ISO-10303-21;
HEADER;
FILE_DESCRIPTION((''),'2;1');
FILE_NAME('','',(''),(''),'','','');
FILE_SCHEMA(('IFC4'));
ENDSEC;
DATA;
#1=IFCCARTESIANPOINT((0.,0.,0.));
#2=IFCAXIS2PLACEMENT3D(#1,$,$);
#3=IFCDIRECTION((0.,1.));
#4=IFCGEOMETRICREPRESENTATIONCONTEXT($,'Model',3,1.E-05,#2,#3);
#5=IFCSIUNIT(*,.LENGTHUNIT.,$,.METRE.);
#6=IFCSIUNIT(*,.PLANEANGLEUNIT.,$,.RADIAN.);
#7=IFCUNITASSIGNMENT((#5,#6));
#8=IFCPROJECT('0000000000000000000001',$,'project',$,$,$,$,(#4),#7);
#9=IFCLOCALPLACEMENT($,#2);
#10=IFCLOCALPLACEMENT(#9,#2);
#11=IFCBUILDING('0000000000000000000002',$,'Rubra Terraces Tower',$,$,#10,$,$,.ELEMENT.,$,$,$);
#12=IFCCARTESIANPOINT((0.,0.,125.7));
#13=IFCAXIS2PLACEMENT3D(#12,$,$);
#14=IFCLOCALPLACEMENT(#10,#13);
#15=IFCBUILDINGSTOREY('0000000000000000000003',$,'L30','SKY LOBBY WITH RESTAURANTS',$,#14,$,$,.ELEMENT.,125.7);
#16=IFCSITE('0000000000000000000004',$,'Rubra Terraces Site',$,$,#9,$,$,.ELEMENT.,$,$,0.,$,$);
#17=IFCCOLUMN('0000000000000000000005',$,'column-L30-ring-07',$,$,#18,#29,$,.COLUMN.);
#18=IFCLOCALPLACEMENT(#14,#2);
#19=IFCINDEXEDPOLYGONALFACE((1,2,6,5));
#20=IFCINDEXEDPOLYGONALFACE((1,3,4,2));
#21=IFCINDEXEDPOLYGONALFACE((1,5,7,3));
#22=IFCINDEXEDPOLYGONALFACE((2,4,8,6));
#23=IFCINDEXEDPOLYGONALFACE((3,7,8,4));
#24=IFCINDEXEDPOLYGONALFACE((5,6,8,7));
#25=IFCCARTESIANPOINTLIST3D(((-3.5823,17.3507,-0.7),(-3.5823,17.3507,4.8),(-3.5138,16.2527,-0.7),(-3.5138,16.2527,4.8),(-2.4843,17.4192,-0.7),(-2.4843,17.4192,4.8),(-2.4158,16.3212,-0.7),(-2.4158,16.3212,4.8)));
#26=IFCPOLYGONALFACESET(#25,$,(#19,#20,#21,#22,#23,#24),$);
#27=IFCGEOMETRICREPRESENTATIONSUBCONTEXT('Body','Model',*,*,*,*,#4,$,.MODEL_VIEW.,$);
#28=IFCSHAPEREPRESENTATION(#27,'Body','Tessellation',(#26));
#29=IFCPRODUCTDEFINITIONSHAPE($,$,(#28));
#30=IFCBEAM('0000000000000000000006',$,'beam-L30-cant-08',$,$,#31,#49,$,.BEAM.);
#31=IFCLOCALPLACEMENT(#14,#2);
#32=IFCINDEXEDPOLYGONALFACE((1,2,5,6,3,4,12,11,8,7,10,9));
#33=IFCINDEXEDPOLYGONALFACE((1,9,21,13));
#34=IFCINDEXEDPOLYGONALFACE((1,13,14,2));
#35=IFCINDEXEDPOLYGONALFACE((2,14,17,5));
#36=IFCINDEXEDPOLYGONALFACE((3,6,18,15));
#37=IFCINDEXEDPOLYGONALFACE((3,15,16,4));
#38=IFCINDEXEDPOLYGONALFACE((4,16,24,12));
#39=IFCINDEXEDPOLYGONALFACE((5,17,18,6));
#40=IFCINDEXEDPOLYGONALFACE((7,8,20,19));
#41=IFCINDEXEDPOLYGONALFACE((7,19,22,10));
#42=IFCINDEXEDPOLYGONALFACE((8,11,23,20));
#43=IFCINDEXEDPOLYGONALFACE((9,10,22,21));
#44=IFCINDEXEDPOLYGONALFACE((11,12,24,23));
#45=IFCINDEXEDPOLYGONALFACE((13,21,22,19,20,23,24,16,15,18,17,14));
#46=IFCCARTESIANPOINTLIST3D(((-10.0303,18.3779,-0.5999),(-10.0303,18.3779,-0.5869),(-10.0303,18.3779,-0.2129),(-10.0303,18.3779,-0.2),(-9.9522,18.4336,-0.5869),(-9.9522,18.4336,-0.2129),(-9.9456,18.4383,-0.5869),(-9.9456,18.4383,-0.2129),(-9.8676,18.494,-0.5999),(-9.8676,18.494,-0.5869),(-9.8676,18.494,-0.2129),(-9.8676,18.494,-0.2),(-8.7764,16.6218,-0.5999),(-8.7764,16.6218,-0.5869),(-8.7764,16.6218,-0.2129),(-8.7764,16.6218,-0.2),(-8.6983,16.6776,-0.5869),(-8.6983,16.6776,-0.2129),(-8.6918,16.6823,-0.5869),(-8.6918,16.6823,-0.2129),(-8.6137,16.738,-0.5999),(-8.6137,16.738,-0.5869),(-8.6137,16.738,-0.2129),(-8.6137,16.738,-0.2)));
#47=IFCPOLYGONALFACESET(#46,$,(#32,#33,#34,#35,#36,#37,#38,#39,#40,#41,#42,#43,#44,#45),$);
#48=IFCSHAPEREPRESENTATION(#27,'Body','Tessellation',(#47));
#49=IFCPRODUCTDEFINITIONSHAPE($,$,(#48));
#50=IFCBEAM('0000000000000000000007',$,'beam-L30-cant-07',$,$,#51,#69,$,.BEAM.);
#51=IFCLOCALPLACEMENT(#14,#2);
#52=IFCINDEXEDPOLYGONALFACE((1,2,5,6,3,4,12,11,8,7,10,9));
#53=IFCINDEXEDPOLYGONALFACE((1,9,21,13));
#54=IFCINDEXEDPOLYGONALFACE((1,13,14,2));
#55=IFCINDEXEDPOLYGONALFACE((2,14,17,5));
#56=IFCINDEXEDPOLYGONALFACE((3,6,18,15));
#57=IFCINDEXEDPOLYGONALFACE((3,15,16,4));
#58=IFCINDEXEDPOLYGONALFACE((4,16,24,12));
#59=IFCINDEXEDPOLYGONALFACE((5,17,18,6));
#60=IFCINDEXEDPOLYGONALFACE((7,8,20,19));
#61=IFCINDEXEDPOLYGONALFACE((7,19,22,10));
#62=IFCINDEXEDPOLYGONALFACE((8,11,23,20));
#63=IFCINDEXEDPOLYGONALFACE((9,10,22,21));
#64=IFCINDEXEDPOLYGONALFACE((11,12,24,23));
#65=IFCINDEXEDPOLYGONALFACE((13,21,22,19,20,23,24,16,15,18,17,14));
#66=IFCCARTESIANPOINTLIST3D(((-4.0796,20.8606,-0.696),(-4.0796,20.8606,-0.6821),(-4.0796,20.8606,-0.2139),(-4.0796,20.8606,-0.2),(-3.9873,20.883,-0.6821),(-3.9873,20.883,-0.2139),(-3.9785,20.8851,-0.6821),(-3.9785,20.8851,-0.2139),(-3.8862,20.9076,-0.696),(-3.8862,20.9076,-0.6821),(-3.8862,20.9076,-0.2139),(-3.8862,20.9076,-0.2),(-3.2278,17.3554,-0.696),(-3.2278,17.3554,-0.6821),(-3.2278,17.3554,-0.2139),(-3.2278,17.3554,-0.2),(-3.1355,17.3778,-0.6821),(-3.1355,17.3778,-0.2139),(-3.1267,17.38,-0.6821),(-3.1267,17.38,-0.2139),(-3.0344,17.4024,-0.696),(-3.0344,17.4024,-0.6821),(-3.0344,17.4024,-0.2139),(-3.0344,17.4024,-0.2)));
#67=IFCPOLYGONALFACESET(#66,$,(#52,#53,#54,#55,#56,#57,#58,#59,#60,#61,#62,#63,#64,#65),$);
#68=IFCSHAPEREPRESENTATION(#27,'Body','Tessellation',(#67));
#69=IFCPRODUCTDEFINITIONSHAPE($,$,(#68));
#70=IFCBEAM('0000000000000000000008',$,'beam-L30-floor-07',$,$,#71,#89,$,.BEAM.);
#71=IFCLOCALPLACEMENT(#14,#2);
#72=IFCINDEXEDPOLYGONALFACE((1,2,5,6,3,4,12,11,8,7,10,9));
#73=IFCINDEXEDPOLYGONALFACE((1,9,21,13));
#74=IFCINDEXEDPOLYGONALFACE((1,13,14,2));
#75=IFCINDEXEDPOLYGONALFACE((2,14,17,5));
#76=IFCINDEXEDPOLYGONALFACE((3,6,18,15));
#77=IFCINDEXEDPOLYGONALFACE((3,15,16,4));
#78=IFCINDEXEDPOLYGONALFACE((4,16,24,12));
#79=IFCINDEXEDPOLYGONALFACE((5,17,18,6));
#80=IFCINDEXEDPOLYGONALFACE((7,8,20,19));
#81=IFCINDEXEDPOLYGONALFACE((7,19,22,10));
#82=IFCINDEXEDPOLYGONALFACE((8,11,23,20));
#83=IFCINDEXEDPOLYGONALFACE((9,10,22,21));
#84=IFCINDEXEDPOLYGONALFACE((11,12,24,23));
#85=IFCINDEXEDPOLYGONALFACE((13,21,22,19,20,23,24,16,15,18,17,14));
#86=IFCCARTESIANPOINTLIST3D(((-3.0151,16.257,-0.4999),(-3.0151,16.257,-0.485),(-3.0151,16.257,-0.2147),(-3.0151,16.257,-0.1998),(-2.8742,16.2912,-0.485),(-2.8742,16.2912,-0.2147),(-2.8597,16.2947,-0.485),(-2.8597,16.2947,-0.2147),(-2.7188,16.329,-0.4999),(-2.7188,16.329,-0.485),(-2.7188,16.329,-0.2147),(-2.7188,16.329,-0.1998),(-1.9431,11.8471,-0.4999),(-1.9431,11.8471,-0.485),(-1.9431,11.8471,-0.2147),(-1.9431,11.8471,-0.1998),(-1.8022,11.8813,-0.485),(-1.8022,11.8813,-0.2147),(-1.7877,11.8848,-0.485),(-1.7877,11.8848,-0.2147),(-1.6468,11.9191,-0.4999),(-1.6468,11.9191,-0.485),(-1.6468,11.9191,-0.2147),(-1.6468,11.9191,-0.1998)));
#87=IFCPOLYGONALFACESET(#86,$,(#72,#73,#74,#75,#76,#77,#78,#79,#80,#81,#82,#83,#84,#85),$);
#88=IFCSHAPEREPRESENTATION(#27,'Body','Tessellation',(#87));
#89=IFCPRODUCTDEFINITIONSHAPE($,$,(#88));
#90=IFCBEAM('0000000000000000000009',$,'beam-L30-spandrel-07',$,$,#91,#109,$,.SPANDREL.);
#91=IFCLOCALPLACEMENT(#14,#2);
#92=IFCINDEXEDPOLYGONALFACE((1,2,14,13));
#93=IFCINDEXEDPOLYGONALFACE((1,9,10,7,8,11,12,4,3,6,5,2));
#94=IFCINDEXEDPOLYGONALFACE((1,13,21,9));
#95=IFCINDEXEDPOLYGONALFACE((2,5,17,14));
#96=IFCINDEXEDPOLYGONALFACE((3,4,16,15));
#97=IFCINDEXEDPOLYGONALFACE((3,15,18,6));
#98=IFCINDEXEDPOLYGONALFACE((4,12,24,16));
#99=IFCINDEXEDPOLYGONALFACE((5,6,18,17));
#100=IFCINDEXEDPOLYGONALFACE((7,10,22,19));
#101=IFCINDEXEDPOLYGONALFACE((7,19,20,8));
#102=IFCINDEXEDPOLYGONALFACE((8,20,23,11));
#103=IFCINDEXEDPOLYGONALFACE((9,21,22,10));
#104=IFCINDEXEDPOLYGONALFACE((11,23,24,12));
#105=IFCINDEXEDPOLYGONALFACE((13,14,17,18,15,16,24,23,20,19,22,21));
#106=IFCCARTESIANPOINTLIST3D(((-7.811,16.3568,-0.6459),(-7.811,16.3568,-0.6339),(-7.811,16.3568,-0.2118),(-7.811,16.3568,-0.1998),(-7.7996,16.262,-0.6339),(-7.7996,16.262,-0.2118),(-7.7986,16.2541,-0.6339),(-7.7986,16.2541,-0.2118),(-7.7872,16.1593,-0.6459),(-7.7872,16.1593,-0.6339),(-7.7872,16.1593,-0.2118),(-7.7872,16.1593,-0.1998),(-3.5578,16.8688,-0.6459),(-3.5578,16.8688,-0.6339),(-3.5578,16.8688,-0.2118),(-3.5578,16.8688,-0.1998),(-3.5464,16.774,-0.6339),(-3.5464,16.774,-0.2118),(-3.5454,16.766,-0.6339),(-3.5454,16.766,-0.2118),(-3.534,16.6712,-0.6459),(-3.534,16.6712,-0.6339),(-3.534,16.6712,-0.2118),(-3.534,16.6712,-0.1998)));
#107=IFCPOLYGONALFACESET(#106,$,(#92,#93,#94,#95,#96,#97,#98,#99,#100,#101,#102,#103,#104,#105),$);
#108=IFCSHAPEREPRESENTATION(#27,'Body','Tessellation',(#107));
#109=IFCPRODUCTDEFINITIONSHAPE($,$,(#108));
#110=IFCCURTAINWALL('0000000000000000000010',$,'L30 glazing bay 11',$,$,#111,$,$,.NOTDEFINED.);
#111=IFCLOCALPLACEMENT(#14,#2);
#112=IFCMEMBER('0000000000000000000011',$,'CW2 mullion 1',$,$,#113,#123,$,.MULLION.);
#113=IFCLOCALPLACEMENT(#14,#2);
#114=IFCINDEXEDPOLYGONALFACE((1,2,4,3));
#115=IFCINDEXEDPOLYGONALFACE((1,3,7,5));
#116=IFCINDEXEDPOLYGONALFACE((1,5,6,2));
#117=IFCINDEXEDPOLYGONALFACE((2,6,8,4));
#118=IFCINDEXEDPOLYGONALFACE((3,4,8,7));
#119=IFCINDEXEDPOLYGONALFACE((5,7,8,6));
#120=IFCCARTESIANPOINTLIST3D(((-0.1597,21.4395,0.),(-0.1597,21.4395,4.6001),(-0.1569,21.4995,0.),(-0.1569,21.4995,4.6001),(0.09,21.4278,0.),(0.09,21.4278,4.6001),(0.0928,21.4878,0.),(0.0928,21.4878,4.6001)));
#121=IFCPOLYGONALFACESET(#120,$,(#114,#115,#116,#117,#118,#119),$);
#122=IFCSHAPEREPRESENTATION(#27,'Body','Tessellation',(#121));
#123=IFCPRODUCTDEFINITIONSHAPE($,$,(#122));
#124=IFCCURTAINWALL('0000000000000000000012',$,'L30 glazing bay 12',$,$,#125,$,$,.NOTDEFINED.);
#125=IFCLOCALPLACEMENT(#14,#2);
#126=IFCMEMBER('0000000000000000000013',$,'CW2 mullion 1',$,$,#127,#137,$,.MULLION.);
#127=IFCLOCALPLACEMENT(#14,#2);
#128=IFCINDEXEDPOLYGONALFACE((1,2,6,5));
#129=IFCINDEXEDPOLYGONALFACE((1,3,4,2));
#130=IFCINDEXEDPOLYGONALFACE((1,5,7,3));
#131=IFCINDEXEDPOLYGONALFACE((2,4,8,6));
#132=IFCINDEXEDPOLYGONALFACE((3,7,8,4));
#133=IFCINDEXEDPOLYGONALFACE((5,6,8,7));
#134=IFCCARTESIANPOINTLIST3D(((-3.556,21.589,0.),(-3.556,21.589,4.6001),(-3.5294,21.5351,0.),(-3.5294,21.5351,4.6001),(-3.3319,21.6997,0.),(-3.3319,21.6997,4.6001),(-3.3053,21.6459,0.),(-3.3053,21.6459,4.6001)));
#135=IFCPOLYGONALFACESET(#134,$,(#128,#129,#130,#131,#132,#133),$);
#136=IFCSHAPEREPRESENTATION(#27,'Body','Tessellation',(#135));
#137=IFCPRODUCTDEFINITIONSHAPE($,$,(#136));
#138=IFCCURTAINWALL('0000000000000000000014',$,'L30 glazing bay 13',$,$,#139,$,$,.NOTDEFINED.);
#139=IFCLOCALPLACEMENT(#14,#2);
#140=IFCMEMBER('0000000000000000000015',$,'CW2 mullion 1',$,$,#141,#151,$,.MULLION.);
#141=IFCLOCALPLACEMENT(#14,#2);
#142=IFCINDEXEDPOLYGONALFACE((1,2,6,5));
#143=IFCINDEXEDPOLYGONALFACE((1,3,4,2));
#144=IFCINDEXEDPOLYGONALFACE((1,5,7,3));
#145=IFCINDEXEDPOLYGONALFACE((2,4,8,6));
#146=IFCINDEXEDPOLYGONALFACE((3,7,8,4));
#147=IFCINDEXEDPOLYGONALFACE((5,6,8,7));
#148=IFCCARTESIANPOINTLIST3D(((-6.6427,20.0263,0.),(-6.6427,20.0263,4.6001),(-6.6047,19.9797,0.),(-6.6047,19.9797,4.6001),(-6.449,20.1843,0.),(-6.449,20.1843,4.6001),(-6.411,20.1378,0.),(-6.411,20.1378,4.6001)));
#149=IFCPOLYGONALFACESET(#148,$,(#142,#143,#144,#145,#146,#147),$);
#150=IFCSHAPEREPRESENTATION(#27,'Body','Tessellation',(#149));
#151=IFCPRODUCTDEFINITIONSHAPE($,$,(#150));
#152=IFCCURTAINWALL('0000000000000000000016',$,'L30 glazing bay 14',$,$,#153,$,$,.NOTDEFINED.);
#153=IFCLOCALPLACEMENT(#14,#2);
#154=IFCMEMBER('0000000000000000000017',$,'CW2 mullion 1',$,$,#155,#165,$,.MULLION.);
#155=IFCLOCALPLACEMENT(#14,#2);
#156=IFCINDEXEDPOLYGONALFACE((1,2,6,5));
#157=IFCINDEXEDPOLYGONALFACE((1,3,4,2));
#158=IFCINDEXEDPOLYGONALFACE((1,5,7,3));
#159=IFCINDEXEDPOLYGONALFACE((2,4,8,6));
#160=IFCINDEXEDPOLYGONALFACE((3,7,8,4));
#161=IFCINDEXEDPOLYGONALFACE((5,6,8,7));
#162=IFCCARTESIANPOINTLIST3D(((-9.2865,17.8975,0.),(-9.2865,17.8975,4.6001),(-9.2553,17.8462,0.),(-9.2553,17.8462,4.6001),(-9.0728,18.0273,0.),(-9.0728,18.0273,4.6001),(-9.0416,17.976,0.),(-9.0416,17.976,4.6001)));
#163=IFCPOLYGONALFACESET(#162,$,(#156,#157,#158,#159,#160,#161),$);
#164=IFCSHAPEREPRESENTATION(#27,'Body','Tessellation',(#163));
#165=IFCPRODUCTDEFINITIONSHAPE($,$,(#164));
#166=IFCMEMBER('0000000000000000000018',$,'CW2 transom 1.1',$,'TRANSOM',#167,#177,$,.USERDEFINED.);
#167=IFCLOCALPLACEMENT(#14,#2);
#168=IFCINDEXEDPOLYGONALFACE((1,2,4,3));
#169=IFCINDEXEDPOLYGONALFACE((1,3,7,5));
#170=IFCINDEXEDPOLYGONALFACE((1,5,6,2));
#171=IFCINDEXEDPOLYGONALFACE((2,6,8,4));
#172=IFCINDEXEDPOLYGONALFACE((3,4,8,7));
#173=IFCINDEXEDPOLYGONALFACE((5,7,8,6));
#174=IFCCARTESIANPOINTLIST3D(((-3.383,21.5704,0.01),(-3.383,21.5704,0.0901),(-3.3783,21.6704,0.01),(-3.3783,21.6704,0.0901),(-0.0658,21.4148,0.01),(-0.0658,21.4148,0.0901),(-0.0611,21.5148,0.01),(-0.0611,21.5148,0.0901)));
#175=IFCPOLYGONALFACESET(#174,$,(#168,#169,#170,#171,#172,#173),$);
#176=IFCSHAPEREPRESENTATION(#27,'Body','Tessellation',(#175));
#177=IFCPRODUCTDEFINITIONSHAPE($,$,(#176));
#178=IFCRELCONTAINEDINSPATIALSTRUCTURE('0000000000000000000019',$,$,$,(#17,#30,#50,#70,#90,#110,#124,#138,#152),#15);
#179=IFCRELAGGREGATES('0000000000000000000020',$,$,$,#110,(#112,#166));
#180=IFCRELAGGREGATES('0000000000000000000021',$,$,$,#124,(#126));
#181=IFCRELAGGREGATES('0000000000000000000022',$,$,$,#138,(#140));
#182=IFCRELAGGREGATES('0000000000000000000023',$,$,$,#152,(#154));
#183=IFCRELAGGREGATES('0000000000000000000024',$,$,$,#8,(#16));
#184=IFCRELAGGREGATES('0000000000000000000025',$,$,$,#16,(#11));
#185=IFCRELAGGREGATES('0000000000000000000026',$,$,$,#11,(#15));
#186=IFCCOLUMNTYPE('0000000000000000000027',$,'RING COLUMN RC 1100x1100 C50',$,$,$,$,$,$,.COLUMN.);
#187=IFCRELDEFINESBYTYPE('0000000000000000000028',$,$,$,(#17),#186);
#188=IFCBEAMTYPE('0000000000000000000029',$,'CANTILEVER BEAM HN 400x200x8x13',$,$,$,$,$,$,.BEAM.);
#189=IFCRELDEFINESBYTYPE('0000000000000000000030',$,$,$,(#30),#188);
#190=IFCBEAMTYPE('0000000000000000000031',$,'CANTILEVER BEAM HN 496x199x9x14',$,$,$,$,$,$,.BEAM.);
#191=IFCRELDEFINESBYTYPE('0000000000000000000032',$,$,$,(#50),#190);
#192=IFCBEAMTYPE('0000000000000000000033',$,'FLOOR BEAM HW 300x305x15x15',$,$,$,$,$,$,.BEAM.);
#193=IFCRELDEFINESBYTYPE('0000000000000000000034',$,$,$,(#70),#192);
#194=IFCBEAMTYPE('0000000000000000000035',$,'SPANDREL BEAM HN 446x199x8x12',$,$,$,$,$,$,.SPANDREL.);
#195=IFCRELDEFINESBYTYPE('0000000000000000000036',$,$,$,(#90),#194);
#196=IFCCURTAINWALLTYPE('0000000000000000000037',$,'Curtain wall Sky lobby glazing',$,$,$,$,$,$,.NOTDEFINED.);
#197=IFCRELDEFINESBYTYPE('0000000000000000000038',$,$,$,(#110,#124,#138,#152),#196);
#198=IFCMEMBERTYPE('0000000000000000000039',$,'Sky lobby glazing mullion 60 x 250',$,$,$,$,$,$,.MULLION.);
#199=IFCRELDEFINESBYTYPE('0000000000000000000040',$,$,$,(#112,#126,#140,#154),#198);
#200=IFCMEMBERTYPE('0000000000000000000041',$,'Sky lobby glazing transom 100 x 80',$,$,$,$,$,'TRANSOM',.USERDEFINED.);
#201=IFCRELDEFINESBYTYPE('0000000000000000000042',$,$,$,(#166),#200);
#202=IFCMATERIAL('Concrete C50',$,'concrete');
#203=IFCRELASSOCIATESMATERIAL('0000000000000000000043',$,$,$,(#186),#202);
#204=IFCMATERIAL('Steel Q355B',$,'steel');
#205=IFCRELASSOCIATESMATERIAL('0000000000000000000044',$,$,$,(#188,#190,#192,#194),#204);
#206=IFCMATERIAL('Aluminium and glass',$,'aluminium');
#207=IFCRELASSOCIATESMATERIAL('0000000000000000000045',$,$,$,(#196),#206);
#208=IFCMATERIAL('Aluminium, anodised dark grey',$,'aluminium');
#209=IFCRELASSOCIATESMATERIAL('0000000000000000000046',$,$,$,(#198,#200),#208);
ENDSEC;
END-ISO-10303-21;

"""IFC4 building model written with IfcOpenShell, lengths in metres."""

from ifc_helpers import new_model, si_unit, direction, frame, origin, origin_2d, place, context, subcontext, project, spatial, rectangle, i_section, extrude, material, material_profile, profile_set, type_object, element, aggregate, save


model = new_model("IFC4")

# Units and contexts
model_context = context("Model", 3, precision=1e-05, world=origin(), true_north=direction((0.0, 1.0)))
body_context = subcontext(model_context, "Body", "Model", "MODEL_VIEW")
ifc_project = project(units=[si_unit("LENGTHUNIT", "METRE"), si_unit("PLANEANGLEUNIT", "RADIAN")], contexts=[model_context])

# Site, building, storey
site_placement = place(None, origin())
site = spatial("IfcSite", under=ifc_project, at=site_placement, Name="Rubra Terraces Site", CompositionType="ELEMENT", RefElevation=0.0)
building_placement = place(site_placement, origin())
building = spatial("IfcBuilding", under=site, at=building_placement, Name="Rubra Terraces Tower", CompositionType="ELEMENT")
storey_placement = place(building_placement, frame((0.0, 0.0, 125.7)))
storey = spatial("IfcBuildingStorey", under=building, at=storey_placement, Name="L30", Description="SKY LOBBY WITH RESTAURANTS", CompositionType="ELEMENT", Elevation=125.7)

# Column
ifc_material_1 = material(Name="Concrete C50", Category="concrete")
ifc_material_profile_1 = material_profile(ifc_material_1, rectangle(XDim=1.1001, YDim=1.1001, at=origin_2d()), Name="RC 1100x1100")
ifc_profile_set_1 = profile_set([ifc_material_profile_1], Name="Concrete C50")
column_type = type_object("IfcColumnType", Name="RING COLUMN RC 1100x1100 C50", PredefinedType="COLUMN", material=ifc_profile_set_1)
column_placement = place(storey_placement, frame((-2.999, 16.8359, -0.7), z_axis=(0.0, 0.0, 1.0), x_axis=(-0.998059, -0.062268, 0.0)))
element("IfcColumn", 1, at=column_placement, inside=storey, type_object=column_type, Name="column-L30-ring-07", PredefinedType="COLUMN", context=body_context, shape_type="SweptSolid", body=[
    extrude(rectangle(XDim=1.1001, YDim=1.1001, at=origin_2d()), origin(), (0.0, 0.0, 1.0), 5.5),
])

# Beams
ifc_material_2 = material(Name="Steel Q355B", Category="steel")
ifc_material_profile_2 = material_profile(ifc_material_2, i_section(OverallWidth=0.2, OverallDepth=0.3999, WebThickness=0.0081, FlangeThickness=0.0129, at=origin_2d()), Name="HN 400x200x8x13")
ifc_profile_set_2 = profile_set([ifc_material_profile_2], Name="Steel Q355B")
beam_type_1 = type_object("IfcBeamType", Name="CANTILEVER BEAM HN 400x200x8x13", PredefinedType="BEAM", material=ifc_profile_set_2)
beam_1_placement = place(storey_placement, frame((-8.6951, 16.6799, -0.3999), z_axis=(-0.581099, 0.813833, 0.0), x_axis=(-0.813833, -0.581099, 0.0)))
element("IfcBeam", 2, at=beam_1_placement, inside=storey, type_object=beam_type_1, Name="beam-L30-cant-08", PredefinedType="BEAM", context=body_context, shape_type="SweptSolid", body=[
    extrude(i_section(OverallWidth=0.2, OverallDepth=0.3999, WebThickness=0.0081, FlangeThickness=0.0129, at=origin_2d()), origin(), (0.0, 0.0, 1.0), 2.1577),
])
ifc_material_profile_3 = material_profile(ifc_material_2, i_section(OverallWidth=0.199, OverallDepth=0.4961, WebThickness=0.009, FlangeThickness=0.0139, at=origin_2d()), Name="HN 496x199x9x14")
ifc_profile_set_3 = profile_set([ifc_material_profile_3], Name="Steel Q355B")
beam_type_2 = type_object("IfcBeamType", Name="CANTILEVER BEAM HN 496x199x9x14", PredefinedType="BEAM", material=ifc_profile_set_3)
beam_2_placement = place(storey_placement, frame((-3.1311, 17.3789, -0.448), z_axis=(-0.236144, 0.971718, 0.0), x_axis=(-0.971718, -0.236144, 0.0)))
element("IfcBeam", 3, at=beam_2_placement, inside=storey, type_object=beam_type_2, Name="beam-L30-cant-07", PredefinedType="BEAM", context=body_context, shape_type="SweptSolid", body=[
    extrude(i_section(OverallWidth=0.199, OverallDepth=0.4961, WebThickness=0.009, FlangeThickness=0.0139, at=origin_2d()), origin(), (0.0, 0.0, 1.0), 3.6072),
])
ifc_material_profile_4 = material_profile(ifc_material_2, i_section(OverallWidth=0.3049, OverallDepth=0.3, WebThickness=0.0149, FlangeThickness=0.0149, at=origin_2d()), Name="HW 300x305x15x15")
ifc_profile_set_4 = profile_set([ifc_material_profile_4], Name="Steel Q355B")
beam_type_3 = type_object("IfcBeamType", Name="FLOOR BEAM HW 300x305x15x15", PredefinedType="BEAM", material=ifc_profile_set_4)
beam_3_placement = place(storey_placement, frame((-2.8669, 16.293, -0.3499), z_axis=(0.236214, -0.971701, 0.0), x_axis=(0.971701, 0.236214, 0.0)))
element("IfcBeam", 4, at=beam_3_placement, inside=storey, type_object=beam_type_3, Name="beam-L30-floor-07", PredefinedType="BEAM", context=body_context, shape_type="SweptSolid", body=[
    extrude(i_section(OverallWidth=0.3049, OverallDepth=0.3, WebThickness=0.0149, FlangeThickness=0.0149, at=origin_2d()), origin(), (0.0, 0.0, 1.0), 4.5383),
])
ifc_material_profile_5 = material_profile(ifc_material_2, i_section(OverallWidth=0.199, OverallDepth=0.446, WebThickness=0.0081, FlangeThickness=0.012, at=origin_2d()), Name="HN 446x199x8x12")
ifc_profile_set_5 = profile_set([ifc_material_profile_5], Name="Steel Q355B")
beam_type_4 = type_object("IfcBeamType", Name="SPANDREL BEAM HN 446x199x8x12", PredefinedType="SPANDREL", material=ifc_profile_set_5)
beam_4_placement = place(storey_placement, frame((-3.5459, 16.77, -0.4229), z_axis=(-0.992833, -0.119509, 0.0), x_axis=(0.119509, -0.992833, 0.0)))
element("IfcBeam", 5, at=beam_4_placement, inside=storey, type_object=beam_type_4, Name="beam-L30-spandrel-07", PredefinedType="SPANDREL", context=body_context, shape_type="SweptSolid", body=[
    extrude(i_section(OverallWidth=0.199, OverallDepth=0.446, WebThickness=0.0081, FlangeThickness=0.012, at=origin_2d()), origin(), (0.0, 0.0, 1.0), 4.2839),
])

# Curtain walls, members
ifc_material_3 = material(Name="Aluminium and glass", Category="aluminium")
curtain_wall_type = type_object("IfcCurtainWallType", Name="Curtain wall Sky lobby glazing", PredefinedType="NOTDEFINED", material=ifc_material_3)
curtain_wall_1_placement = place(storey_placement, origin())
curtain_wall_1 = element("IfcCurtainWall", 6, at=curtain_wall_1_placement, inside=storey, type_object=curtain_wall_type, Name="L30 glazing bay 11", PredefinedType="NOTDEFINED")
ifc_material_4 = material(Name="Aluminium, anodised dark grey", Category="aluminium")
ifc_material_profile_6 = material_profile(ifc_material_4, rectangle(XDim=0.0601, YDim=0.25, at=origin_2d()), Name="AL 60x250")
ifc_profile_set_6 = profile_set([ifc_material_profile_6], Name="Aluminium, anodised dark grey")
member_type_1 = type_object("IfcMemberType", Name="Sky lobby glazing mullion 60 x 250", PredefinedType="MULLION", material=ifc_profile_set_6)
member_1_placement = place(storey_placement, frame((-0.0334, 21.4636, 0.0), z_axis=(0.0, 0.0, 1.0), x_axis=(-0.046792, -0.998905, 0.0)))
member_1 = element("IfcMember", 7, at=member_1_placement, type_object=member_type_1, Name="CW2 mullion 1", PredefinedType="MULLION", context=body_context, shape_type="SweptSolid", body=[
    extrude(rectangle(XDim=0.0601, YDim=0.25, at=origin_2d()), origin(), (0.0, 0.0, 1.0), 4.6001),
])
curtain_wall_2_placement = place(storey_placement, origin())
curtain_wall_2 = element("IfcCurtainWall", 8, at=curtain_wall_2_placement, inside=storey, type_object=curtain_wall_type, Name="L30 glazing bay 12", PredefinedType="NOTDEFINED")
member_2_placement = place(storey_placement, frame((-3.4307, 21.6174, 0.0), z_axis=(0.0, 0.0, 1.0), x_axis=(0.442946, -0.896548, 0.0)))
member_2 = element("IfcMember", 9, at=member_2_placement, type_object=member_type_1, Name="CW2 mullion 1", PredefinedType="MULLION", context=body_context, shape_type="SweptSolid", body=[
    extrude(rectangle(XDim=0.0601, YDim=0.25, at=origin_2d()), origin(), (0.0, 0.0, 1.0), 4.6001),
])
curtain_wall_3_placement = place(storey_placement, origin())
curtain_wall_3 = element("IfcCurtainWall", 10, at=curtain_wall_3_placement, inside=storey, type_object=curtain_wall_type, Name="L30 glazing bay 13", PredefinedType="NOTDEFINED")
member_3_placement = place(storey_placement, frame((-6.5269, 20.082, 0.0), z_axis=(0.0, 0.0, 1.0), x_axis=(0.63219, -0.774814, 0.0)))
member_3 = element("IfcMember", 11, at=member_3_placement, type_object=member_type_1, Name="CW2 mullion 1", PredefinedType="MULLION", context=body_context, shape_type="SweptSolid", body=[
    extrude(rectangle(XDim=0.0601, YDim=0.25, at=origin_2d()), origin(), (0.0, 0.0, 1.0), 4.6001),
])
curtain_wall_4_placement = place(storey_placement, origin())
curtain_wall_4 = element("IfcCurtainWall", 12, at=curtain_wall_4_placement, inside=storey, type_object=curtain_wall_type, Name="L30 glazing bay 14", PredefinedType="NOTDEFINED")
member_4_placement = place(storey_placement, frame((-9.1641, 17.9368, 0.0), z_axis=(0.0, 0.0, 1.0), x_axis=(0.519247, -0.854624, 0.0)))
member_4 = element("IfcMember", 13, at=member_4_placement, type_object=member_type_1, Name="CW2 mullion 1", PredefinedType="MULLION", context=body_context, shape_type="SweptSolid", body=[
    extrude(rectangle(XDim=0.0601, YDim=0.25, at=origin_2d()), origin(), (0.0, 0.0, 1.0), 4.6001),
])

# Member
ifc_material_profile_7 = material_profile(ifc_material_4, rectangle(XDim=0.1001, YDim=0.0801, at=origin_2d()), Name="AL 100x80")
ifc_profile_set_7 = profile_set([ifc_material_profile_7], Name="Aluminium, anodised dark grey")
member_type_2 = type_object("IfcMemberType", Name="Sky lobby glazing transom 100 x 80", ElementType="TRANSOM", PredefinedType="USERDEFINED", material=ifc_profile_set_7)
member_5_placement = place(storey_placement, frame((-0.0635, 21.4648, 0.05), z_axis=(-0.998903, 0.046832, 0.0), x_axis=(-0.046832, -0.998903, 0.0)))
member_5 = element("IfcMember", 14, at=member_5_placement, type_object=member_type_2, Name="CW2 transom 1.1", ObjectType="TRANSOM", PredefinedType="USERDEFINED", context=body_context, shape_type="SweptSolid", body=[
    extrude(rectangle(XDim=0.1001, YDim=0.0801, at=origin_2d()), origin(), (0.0, 0.0, 1.0), 3.3208),
])

aggregate(curtain_wall_1, [member_1, member_5])
aggregate(curtain_wall_2, [member_2])
aggregate(curtain_wall_3, [member_3])
aggregate(curtain_wall_4, [member_4])

save(model, "model.ifc")
